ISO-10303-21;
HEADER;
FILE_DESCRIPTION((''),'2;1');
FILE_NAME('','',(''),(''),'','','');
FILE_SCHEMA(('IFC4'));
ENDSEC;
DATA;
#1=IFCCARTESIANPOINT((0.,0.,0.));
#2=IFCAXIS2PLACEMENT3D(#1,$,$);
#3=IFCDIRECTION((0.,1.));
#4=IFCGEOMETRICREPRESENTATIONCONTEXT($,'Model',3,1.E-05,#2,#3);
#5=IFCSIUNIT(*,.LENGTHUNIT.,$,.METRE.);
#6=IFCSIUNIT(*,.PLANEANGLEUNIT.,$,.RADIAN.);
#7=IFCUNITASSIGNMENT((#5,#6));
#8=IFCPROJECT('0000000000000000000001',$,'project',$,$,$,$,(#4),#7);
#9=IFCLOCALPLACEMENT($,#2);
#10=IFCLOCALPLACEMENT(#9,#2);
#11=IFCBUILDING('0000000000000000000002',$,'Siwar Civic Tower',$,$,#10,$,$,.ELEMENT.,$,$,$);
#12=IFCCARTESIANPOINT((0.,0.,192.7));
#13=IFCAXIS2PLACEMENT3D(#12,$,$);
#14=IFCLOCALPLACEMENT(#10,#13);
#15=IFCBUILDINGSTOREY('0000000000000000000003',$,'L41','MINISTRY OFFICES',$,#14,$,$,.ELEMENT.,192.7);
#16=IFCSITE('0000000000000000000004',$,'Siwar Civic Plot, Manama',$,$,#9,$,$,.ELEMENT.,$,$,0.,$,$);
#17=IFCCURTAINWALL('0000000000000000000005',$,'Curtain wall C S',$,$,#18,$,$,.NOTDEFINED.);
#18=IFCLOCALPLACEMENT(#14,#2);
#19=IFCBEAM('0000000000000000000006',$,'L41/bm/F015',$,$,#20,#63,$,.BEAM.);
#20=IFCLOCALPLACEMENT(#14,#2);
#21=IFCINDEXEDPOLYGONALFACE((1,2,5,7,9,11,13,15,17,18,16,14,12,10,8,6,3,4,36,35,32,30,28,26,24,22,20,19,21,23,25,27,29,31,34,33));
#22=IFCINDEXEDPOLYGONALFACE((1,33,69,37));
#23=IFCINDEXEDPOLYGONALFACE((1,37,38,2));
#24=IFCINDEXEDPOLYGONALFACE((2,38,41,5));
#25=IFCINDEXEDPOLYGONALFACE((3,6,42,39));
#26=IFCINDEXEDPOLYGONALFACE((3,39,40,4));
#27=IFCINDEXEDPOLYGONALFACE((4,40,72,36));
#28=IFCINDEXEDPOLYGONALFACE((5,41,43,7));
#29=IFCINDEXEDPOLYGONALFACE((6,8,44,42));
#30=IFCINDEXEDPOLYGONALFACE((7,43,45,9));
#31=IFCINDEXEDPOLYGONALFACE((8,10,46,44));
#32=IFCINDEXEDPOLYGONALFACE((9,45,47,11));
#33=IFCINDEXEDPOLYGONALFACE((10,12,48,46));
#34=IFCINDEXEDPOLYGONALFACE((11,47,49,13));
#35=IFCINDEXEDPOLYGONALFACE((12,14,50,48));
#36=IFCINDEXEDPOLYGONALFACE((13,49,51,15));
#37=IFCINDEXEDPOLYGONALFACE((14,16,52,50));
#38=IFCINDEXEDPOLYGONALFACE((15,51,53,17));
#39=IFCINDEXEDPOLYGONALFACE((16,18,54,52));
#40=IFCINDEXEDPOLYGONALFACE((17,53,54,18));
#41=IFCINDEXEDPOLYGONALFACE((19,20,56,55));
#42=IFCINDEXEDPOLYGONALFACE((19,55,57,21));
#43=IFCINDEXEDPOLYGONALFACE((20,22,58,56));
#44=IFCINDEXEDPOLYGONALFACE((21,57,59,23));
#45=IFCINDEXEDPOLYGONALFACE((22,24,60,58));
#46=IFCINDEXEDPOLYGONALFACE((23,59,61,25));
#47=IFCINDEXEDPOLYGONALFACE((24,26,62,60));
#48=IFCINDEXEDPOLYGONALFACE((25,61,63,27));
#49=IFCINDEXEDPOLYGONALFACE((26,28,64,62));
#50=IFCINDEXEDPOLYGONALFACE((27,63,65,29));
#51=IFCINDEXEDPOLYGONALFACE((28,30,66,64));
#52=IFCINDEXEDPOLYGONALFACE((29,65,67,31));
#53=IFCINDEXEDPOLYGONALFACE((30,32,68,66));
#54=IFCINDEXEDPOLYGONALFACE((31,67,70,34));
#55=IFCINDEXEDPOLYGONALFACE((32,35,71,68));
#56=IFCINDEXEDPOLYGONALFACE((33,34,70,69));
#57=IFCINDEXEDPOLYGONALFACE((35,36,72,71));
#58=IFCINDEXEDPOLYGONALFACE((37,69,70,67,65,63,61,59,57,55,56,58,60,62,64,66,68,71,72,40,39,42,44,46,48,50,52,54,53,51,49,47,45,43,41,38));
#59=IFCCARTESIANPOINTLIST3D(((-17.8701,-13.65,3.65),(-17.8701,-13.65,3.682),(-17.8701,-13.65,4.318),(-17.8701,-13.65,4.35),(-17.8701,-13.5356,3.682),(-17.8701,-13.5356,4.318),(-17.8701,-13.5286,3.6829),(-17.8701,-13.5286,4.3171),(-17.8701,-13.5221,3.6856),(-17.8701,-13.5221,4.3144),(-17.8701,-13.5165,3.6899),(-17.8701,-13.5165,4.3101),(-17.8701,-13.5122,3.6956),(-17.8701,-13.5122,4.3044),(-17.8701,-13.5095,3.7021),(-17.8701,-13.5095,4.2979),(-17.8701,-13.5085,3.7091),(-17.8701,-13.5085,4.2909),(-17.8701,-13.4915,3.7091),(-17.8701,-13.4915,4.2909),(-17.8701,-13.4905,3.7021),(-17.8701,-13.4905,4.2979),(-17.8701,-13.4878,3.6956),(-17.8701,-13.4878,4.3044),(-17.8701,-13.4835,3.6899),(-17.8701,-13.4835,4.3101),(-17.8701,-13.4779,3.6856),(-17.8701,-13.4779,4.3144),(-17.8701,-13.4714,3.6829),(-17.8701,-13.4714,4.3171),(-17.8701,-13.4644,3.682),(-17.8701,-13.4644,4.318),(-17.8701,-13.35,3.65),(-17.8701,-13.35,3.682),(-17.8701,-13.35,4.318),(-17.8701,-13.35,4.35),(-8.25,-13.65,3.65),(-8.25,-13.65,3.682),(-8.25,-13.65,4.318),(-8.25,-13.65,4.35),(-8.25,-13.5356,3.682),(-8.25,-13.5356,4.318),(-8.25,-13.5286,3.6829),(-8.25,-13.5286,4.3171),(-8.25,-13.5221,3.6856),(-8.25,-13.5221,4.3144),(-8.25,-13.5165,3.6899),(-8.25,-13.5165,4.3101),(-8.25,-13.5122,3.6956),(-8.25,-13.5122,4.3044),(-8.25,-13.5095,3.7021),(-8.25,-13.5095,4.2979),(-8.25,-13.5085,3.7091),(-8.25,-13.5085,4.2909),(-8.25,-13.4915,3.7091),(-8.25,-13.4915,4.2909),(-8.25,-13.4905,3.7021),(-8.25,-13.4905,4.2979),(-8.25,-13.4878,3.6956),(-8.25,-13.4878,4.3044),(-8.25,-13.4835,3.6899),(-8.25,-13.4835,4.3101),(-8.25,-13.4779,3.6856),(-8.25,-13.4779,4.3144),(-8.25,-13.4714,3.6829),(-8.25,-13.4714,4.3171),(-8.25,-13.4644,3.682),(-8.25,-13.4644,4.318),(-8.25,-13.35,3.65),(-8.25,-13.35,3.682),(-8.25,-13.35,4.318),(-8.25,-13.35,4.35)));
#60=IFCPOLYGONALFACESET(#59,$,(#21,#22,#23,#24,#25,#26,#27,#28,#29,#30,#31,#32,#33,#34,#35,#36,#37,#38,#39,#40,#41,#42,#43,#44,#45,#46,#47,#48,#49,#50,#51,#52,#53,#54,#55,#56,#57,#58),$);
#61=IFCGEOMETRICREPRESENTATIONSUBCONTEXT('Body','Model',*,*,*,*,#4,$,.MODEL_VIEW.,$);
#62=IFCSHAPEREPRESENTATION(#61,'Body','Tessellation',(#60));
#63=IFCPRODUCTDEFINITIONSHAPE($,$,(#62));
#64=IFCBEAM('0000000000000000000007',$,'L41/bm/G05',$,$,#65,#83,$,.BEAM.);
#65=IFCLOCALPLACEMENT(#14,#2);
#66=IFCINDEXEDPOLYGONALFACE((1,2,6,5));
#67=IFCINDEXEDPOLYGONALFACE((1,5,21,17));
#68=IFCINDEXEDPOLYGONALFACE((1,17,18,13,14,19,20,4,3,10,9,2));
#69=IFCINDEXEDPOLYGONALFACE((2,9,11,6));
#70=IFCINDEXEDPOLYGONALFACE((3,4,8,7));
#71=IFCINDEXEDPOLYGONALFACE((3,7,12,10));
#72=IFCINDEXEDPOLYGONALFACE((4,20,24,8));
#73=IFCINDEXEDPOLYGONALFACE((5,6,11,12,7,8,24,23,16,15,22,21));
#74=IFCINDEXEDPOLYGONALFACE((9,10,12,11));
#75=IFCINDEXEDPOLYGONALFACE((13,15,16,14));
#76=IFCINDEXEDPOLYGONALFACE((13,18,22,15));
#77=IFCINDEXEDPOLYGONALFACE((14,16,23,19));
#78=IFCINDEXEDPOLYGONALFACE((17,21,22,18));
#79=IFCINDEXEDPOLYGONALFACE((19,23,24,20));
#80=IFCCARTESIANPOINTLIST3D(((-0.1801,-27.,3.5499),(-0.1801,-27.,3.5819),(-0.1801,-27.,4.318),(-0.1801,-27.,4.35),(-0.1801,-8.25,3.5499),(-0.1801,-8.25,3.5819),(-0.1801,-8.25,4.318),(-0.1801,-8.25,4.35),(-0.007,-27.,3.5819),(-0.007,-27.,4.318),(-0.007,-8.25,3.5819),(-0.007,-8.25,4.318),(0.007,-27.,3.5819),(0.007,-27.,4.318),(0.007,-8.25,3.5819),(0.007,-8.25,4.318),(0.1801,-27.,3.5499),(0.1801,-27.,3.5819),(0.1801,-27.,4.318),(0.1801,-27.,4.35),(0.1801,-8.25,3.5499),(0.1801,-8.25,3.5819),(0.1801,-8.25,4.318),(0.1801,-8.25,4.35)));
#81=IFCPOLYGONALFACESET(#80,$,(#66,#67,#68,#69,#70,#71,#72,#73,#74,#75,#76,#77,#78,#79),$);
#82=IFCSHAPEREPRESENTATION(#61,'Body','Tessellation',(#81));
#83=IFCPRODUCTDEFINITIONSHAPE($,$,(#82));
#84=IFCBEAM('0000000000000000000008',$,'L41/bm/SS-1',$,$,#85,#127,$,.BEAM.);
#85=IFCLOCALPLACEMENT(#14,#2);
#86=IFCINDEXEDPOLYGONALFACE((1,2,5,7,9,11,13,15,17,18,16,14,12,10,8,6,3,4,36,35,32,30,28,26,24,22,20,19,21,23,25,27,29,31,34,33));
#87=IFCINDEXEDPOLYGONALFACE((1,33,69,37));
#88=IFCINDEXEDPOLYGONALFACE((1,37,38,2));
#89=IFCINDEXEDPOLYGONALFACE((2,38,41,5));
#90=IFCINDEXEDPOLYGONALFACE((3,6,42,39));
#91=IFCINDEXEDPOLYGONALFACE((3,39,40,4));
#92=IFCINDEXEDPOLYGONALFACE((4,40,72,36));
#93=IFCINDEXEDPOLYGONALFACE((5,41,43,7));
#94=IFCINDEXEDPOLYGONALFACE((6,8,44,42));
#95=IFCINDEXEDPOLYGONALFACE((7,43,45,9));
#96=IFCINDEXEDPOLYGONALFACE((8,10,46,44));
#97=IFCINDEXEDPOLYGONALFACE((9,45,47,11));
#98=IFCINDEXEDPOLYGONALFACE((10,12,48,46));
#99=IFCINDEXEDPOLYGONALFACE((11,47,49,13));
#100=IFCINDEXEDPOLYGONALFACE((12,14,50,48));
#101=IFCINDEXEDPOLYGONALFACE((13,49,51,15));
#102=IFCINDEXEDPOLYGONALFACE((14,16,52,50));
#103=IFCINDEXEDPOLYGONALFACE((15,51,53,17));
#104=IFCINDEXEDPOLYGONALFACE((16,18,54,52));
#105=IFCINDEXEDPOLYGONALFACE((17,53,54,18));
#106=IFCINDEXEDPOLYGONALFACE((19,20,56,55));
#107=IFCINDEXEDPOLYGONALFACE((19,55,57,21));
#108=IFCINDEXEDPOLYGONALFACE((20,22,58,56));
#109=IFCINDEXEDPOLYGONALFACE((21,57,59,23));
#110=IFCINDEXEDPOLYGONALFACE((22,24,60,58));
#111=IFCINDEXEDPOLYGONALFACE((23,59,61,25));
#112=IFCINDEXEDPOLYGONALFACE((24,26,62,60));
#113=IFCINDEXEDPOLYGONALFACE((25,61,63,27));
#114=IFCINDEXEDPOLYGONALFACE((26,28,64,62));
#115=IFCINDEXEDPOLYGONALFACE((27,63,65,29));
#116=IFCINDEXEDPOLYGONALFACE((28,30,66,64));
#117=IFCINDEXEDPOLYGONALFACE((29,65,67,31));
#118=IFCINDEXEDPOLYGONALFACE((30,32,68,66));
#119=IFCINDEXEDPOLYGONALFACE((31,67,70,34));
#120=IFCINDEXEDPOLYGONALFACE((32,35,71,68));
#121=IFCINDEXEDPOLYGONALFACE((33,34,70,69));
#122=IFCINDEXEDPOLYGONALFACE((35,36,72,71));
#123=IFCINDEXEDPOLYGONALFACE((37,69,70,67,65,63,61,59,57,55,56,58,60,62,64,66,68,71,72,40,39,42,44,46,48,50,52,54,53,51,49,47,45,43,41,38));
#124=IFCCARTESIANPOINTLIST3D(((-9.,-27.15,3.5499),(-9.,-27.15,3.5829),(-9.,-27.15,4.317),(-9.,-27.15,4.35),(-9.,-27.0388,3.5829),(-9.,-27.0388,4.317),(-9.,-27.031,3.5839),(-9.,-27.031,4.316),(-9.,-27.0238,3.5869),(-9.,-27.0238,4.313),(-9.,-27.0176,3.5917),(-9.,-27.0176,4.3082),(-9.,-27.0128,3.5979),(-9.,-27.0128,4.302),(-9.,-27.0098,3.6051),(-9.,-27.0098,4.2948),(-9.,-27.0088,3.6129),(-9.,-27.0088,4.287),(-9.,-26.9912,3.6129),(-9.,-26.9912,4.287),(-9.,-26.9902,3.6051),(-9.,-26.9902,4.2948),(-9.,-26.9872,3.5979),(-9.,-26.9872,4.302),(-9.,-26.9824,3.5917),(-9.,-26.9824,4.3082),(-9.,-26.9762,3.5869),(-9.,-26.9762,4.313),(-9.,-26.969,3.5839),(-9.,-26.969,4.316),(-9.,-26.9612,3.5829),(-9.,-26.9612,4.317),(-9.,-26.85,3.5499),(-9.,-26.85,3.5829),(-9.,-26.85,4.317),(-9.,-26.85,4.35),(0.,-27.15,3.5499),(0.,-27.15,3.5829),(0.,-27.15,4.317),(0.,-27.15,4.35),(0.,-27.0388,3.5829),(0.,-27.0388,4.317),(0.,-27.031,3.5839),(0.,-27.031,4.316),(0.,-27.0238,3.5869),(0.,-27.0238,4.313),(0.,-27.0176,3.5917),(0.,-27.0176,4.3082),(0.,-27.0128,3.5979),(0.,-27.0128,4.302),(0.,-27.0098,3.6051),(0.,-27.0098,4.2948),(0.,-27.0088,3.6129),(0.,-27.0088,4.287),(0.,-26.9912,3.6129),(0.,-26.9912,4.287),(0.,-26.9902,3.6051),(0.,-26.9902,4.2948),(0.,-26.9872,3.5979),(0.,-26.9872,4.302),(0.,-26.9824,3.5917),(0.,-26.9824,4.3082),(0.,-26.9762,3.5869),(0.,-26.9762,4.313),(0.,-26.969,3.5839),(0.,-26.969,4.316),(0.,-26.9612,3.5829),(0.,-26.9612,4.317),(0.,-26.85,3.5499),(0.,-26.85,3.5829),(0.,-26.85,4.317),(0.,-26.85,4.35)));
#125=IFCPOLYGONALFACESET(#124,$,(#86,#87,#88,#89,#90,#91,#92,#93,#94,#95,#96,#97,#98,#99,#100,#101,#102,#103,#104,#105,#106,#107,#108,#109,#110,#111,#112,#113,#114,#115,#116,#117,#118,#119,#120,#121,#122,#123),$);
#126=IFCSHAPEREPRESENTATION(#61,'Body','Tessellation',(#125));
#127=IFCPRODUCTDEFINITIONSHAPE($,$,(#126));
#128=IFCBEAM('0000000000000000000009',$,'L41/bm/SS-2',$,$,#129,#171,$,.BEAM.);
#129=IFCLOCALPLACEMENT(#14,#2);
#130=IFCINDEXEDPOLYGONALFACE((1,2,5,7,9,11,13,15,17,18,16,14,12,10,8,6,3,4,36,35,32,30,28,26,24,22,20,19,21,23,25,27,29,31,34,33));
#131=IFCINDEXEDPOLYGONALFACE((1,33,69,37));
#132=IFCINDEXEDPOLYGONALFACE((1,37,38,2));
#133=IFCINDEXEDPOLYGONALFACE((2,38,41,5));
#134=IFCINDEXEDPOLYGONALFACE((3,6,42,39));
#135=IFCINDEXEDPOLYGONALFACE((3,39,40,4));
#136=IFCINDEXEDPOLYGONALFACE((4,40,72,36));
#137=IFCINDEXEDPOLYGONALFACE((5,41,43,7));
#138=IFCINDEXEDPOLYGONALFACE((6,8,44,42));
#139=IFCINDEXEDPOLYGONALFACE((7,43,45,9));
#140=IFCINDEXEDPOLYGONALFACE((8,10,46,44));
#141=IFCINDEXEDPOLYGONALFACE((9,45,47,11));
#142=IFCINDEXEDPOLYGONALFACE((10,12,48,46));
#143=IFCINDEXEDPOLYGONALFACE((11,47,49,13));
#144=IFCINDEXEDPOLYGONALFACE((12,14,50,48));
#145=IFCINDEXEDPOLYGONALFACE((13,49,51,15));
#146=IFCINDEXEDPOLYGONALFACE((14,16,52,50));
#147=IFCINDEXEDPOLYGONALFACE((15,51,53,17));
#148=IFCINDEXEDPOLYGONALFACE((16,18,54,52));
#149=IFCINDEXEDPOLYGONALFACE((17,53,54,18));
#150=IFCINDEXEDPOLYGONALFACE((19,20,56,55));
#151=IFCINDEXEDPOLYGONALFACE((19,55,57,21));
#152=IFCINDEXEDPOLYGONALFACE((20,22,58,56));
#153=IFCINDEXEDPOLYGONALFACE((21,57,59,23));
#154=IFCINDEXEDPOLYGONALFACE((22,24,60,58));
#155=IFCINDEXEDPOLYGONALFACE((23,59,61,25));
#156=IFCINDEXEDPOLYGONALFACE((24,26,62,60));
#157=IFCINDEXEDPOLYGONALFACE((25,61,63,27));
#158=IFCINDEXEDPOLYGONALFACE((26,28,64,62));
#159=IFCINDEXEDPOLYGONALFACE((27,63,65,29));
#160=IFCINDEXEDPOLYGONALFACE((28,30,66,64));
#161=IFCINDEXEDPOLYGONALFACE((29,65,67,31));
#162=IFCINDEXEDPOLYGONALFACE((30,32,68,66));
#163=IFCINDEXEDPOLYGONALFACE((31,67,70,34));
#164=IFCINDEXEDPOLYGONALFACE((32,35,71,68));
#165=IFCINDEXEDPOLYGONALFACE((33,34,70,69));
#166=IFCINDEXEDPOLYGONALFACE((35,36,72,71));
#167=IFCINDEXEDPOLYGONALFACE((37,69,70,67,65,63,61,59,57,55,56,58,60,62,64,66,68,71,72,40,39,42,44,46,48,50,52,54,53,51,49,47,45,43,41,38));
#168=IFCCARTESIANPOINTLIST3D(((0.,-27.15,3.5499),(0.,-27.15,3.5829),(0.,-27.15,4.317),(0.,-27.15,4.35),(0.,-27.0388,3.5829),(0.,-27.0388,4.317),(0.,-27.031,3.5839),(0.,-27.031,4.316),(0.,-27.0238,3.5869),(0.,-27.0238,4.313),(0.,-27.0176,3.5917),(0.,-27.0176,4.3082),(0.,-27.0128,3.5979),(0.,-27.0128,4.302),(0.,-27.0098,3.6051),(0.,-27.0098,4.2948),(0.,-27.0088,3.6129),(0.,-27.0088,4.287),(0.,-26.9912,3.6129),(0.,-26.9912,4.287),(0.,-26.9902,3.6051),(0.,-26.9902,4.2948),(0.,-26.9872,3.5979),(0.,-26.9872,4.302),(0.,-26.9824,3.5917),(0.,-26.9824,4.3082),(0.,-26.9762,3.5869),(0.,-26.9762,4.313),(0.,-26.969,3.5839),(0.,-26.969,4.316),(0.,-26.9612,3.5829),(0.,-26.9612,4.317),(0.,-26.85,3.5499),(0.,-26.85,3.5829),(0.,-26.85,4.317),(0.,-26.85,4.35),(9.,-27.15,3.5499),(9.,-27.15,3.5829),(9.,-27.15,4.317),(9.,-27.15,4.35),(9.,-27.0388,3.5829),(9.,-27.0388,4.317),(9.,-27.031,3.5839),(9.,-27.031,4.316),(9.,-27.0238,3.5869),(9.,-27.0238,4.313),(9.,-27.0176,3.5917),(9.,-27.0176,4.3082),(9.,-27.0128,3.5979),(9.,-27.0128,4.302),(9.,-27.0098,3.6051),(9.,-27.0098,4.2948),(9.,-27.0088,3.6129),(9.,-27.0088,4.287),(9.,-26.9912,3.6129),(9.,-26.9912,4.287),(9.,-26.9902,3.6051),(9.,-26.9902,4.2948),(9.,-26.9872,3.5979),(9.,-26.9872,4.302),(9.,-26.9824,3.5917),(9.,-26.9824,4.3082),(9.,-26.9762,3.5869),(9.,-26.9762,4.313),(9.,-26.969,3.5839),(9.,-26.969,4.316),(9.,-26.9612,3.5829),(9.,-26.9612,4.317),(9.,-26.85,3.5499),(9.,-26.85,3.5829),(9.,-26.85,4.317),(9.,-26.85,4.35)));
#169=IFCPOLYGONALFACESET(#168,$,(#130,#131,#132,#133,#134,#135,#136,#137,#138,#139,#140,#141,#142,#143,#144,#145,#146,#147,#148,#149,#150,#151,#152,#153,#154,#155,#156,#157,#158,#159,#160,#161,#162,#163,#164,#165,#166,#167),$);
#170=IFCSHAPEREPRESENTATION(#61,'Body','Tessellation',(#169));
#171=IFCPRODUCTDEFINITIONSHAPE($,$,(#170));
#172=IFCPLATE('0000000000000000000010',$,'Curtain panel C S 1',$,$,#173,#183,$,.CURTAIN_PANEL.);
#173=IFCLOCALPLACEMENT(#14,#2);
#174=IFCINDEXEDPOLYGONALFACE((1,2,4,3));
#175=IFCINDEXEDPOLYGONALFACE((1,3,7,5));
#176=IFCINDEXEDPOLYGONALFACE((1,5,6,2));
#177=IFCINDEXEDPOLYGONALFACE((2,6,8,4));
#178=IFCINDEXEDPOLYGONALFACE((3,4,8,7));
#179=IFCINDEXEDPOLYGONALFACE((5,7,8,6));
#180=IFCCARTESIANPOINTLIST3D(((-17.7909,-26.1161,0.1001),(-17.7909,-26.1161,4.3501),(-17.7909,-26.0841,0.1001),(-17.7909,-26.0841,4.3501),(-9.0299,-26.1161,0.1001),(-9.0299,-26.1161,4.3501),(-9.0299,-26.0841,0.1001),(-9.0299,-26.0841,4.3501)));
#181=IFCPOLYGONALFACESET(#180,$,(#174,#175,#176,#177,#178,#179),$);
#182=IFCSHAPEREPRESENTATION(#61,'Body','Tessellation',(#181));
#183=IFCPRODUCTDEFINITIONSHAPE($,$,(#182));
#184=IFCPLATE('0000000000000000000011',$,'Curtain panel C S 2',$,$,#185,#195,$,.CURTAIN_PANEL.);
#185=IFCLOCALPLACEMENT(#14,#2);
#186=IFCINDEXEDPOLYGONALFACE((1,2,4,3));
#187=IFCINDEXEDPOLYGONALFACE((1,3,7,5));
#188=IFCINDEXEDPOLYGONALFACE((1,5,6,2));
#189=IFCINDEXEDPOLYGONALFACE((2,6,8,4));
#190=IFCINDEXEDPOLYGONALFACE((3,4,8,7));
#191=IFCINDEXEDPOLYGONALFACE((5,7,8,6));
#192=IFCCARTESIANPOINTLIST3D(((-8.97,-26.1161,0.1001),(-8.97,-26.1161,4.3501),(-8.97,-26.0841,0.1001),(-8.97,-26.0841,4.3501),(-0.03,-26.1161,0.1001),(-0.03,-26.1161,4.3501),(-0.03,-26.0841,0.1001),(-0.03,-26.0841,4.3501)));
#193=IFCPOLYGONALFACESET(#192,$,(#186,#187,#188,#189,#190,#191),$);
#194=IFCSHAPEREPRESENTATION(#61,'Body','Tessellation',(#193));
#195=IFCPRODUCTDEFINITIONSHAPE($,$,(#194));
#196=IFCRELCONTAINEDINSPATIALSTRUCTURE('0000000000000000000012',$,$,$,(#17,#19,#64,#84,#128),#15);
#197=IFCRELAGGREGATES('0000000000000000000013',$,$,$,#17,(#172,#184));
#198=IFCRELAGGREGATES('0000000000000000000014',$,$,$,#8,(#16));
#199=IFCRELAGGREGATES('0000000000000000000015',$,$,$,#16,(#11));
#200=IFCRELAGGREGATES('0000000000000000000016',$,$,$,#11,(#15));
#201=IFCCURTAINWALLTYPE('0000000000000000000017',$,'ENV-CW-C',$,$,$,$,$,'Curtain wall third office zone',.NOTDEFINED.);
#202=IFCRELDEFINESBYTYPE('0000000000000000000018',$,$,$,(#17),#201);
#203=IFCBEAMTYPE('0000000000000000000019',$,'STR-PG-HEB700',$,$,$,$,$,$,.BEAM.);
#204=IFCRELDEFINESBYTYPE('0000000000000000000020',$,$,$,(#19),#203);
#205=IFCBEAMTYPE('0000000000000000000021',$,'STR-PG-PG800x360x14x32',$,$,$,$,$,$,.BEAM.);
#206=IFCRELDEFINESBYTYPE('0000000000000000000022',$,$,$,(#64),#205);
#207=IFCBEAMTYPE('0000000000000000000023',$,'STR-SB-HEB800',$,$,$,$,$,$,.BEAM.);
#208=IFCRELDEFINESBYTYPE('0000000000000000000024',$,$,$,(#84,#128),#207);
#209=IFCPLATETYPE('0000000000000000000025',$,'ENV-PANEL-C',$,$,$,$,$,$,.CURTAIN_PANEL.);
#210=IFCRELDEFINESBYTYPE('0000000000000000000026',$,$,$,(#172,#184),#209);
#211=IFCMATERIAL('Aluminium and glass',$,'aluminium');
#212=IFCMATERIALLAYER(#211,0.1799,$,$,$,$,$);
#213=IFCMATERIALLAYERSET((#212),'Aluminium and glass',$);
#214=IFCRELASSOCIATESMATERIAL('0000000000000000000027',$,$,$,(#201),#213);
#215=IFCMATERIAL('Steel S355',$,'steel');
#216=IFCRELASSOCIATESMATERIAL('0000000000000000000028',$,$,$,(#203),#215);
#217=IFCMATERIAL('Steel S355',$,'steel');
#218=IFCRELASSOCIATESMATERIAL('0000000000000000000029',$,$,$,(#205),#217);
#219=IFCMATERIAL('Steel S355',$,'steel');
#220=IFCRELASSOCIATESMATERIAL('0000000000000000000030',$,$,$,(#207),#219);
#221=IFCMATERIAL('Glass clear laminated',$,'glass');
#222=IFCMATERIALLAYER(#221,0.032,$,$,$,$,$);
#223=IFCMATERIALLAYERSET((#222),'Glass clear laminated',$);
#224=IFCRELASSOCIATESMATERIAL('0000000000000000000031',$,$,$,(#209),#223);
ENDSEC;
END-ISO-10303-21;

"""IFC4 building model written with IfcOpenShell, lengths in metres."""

from ifc_helpers import new_model, si_unit, direction, frame, origin, origin_2d, place, context, subcontext, project, spatial, rectangle, i_section, extrude, material, layer, layer_set, material_profile, profile_set, type_object, element, aggregate, save


model = new_model("IFC4")

# Units and contexts
model_context = context("Model", 3, precision=1e-05, world=origin(), true_north=direction((0.0, 1.0)))
body_context = subcontext(model_context, "Body", "Model", "MODEL_VIEW")
ifc_project = project(units=[si_unit("LENGTHUNIT", "METRE"), si_unit("PLANEANGLEUNIT", "RADIAN")], contexts=[model_context])

# Site, building, storey
site_placement = place(None, origin())
site = spatial("IfcSite", under=ifc_project, at=site_placement, Name="Siwar Civic Plot, Manama", CompositionType="ELEMENT", RefElevation=0.0)
building_placement = place(site_placement, origin())
building = spatial("IfcBuilding", under=site, at=building_placement, Name="Siwar Civic Tower", CompositionType="ELEMENT")
storey_placement = place(building_placement, frame((0.0, 0.0, 192.7)))
storey = spatial("IfcBuildingStorey", under=building, at=storey_placement, Name="L41", Description="MINISTRY OFFICES", CompositionType="ELEMENT", Elevation=192.7)

# Curtain wall
ifc_material_1 = material(Name="Aluminium and glass", Category="aluminium")
ifc_layer_1 = layer(ifc_material_1, 0.1799)
ifc_layer_set_1 = layer_set([ifc_layer_1], Name="Aluminium and glass")
curtain_wall_type = type_object("IfcCurtainWallType", Name="ENV-CW-C", ElementType="Curtain wall third office zone", PredefinedType="NOTDEFINED", material=ifc_layer_set_1)
curtain_wall_placement = place(storey_placement, origin())
curtain_wall = element("IfcCurtainWall", 1, at=curtain_wall_placement, inside=storey, type_object=curtain_wall_type, Name="Curtain wall C S", PredefinedType="NOTDEFINED")

# Beams
ifc_material_2 = material(Name="Steel S355", Category="steel")
ifc_material_profile_1 = material_profile(ifc_material_2, i_section(OverallWidth=0.3, OverallDepth=0.7, WebThickness=0.0171, FlangeThickness=0.032, FilletRadius=0.0271, at=origin_2d()), Name="HEB700")
ifc_profile_set_1 = profile_set([ifc_material_profile_1], Name="Steel S355")
beam_type_1 = type_object("IfcBeamType", Name="STR-PG-HEB700", PredefinedType="BEAM", material=ifc_profile_set_1)
beam_1_placement = place(storey_placement, frame((-17.8701, -13.5, 4.0), z_axis=(1.0, 0.0, 0.0), x_axis=(0.0, 1.0, 0.0)))
element("IfcBeam", 2, at=beam_1_placement, inside=storey, type_object=beam_type_1, Name="L41/bm/F015", PredefinedType="BEAM", context=body_context, shape_type="SweptSolid", body=[
    extrude(i_section(OverallWidth=0.3, OverallDepth=0.7, WebThickness=0.0171, FlangeThickness=0.032, FilletRadius=0.0271, at=origin_2d()), origin(), (0.0, 0.0, 1.0), 9.6201),
])
ifc_material_3 = material(Name="Steel S355", Category="steel")
ifc_material_profile_2 = material_profile(ifc_material_3, i_section(OverallWidth=0.3601, OverallDepth=0.8, WebThickness=0.0139, FlangeThickness=0.032, at=origin_2d()), Name="PG800x360x14x32")
ifc_profile_set_2 = profile_set([ifc_material_profile_2], Name="Steel S355")
beam_type_2 = type_object("IfcBeamType", Name="STR-PG-PG800x360x14x32", PredefinedType="BEAM", material=ifc_profile_set_2)
beam_2_placement = place(storey_placement, frame((0.0, -27.0, 3.95), z_axis=(0.0, 1.0, 0.0), x_axis=(-1.0, 0.0, 0.0)))
element("IfcBeam", 3, at=beam_2_placement, inside=storey, type_object=beam_type_2, Name="L41/bm/G05", PredefinedType="BEAM", context=body_context, shape_type="SweptSolid", body=[
    extrude(i_section(OverallWidth=0.3601, OverallDepth=0.8, WebThickness=0.0139, FlangeThickness=0.032, at=origin_2d()), origin(), (0.0, 0.0, 1.0), 18.75),
])
ifc_material_4 = material(Name="Steel S355", Category="steel")
ifc_material_profile_3 = material_profile(ifc_material_4, i_section(OverallWidth=0.3, OverallDepth=0.8, WebThickness=0.0176, FlangeThickness=0.033, FilletRadius=0.03, at=origin_2d()), Name="HEB800")
ifc_profile_set_3 = profile_set([ifc_material_profile_3], Name="Steel S355")
beam_type_3 = type_object("IfcBeamType", Name="STR-SB-HEB800", PredefinedType="BEAM", material=ifc_profile_set_3)
for number, where, z_axis, x_axis, name in (
    (4, (-9.0, -27.0, 3.95), (1.0, 0.0, 0.0), (0.0, 1.0, 0.0), "L41/bm/SS-1"),
    (5, (0.0, -27.0, 3.95), (1.0, 0.0, 0.0), (0.0, 1.0, 0.0), "L41/bm/SS-2"),
):
    element("IfcBeam", number, at=place(storey_placement, frame(where, z_axis=z_axis, x_axis=x_axis)), inside=storey, type_object=beam_type_3, Name=name, PredefinedType="BEAM", context=body_context, shape_type="SweptSolid", body=[
        extrude(i_section(OverallWidth=0.3, OverallDepth=0.8, WebThickness=0.0176, FlangeThickness=0.033, FilletRadius=0.03, at=origin_2d()), origin(), (0.0, 0.0, 1.0), 9.0),
    ])

# Plates
ifc_material_5 = material(Name="Glass clear laminated", Category="glass")
ifc_layer_2 = layer(ifc_material_5, 0.032)
ifc_layer_set_2 = layer_set([ifc_layer_2], Name="Glass clear laminated")
plate_type = type_object("IfcPlateType", Name="ENV-PANEL-C", PredefinedType="CURTAIN_PANEL", material=ifc_layer_set_2)
plate_1_placement = place(storey_placement, frame((-13.4104, -26.1001, 0.1001), z_axis=(0.0, 0.0, 1.0), x_axis=(1.0, 0.0, 0.0)))
plate_1 = element("IfcPlate", 6, at=plate_1_placement, type_object=plate_type, Name="Curtain panel C S 1", PredefinedType="CURTAIN_PANEL", context=body_context, shape_type="SweptSolid", body=[
    extrude(rectangle(XDim=8.761, YDim=0.032, at=origin_2d()), origin(), (0.0, 0.0, 1.0), 4.25),
])
plate_2_placement = place(storey_placement, frame((-4.5, -26.1001, 0.1001), z_axis=(0.0, 0.0, 1.0), x_axis=(1.0, 0.0, 0.0)))
plate_2 = element("IfcPlate", 7, at=plate_2_placement, type_object=plate_type, Name="Curtain panel C S 2", PredefinedType="CURTAIN_PANEL", context=body_context, shape_type="SweptSolid", body=[
    extrude(rectangle(XDim=8.9399, YDim=0.032, at=origin_2d()), origin(), (0.0, 0.0, 1.0), 4.25),
])
aggregate(curtain_wall, [plate_1, plate_2])

save(model, "model.ifc")
